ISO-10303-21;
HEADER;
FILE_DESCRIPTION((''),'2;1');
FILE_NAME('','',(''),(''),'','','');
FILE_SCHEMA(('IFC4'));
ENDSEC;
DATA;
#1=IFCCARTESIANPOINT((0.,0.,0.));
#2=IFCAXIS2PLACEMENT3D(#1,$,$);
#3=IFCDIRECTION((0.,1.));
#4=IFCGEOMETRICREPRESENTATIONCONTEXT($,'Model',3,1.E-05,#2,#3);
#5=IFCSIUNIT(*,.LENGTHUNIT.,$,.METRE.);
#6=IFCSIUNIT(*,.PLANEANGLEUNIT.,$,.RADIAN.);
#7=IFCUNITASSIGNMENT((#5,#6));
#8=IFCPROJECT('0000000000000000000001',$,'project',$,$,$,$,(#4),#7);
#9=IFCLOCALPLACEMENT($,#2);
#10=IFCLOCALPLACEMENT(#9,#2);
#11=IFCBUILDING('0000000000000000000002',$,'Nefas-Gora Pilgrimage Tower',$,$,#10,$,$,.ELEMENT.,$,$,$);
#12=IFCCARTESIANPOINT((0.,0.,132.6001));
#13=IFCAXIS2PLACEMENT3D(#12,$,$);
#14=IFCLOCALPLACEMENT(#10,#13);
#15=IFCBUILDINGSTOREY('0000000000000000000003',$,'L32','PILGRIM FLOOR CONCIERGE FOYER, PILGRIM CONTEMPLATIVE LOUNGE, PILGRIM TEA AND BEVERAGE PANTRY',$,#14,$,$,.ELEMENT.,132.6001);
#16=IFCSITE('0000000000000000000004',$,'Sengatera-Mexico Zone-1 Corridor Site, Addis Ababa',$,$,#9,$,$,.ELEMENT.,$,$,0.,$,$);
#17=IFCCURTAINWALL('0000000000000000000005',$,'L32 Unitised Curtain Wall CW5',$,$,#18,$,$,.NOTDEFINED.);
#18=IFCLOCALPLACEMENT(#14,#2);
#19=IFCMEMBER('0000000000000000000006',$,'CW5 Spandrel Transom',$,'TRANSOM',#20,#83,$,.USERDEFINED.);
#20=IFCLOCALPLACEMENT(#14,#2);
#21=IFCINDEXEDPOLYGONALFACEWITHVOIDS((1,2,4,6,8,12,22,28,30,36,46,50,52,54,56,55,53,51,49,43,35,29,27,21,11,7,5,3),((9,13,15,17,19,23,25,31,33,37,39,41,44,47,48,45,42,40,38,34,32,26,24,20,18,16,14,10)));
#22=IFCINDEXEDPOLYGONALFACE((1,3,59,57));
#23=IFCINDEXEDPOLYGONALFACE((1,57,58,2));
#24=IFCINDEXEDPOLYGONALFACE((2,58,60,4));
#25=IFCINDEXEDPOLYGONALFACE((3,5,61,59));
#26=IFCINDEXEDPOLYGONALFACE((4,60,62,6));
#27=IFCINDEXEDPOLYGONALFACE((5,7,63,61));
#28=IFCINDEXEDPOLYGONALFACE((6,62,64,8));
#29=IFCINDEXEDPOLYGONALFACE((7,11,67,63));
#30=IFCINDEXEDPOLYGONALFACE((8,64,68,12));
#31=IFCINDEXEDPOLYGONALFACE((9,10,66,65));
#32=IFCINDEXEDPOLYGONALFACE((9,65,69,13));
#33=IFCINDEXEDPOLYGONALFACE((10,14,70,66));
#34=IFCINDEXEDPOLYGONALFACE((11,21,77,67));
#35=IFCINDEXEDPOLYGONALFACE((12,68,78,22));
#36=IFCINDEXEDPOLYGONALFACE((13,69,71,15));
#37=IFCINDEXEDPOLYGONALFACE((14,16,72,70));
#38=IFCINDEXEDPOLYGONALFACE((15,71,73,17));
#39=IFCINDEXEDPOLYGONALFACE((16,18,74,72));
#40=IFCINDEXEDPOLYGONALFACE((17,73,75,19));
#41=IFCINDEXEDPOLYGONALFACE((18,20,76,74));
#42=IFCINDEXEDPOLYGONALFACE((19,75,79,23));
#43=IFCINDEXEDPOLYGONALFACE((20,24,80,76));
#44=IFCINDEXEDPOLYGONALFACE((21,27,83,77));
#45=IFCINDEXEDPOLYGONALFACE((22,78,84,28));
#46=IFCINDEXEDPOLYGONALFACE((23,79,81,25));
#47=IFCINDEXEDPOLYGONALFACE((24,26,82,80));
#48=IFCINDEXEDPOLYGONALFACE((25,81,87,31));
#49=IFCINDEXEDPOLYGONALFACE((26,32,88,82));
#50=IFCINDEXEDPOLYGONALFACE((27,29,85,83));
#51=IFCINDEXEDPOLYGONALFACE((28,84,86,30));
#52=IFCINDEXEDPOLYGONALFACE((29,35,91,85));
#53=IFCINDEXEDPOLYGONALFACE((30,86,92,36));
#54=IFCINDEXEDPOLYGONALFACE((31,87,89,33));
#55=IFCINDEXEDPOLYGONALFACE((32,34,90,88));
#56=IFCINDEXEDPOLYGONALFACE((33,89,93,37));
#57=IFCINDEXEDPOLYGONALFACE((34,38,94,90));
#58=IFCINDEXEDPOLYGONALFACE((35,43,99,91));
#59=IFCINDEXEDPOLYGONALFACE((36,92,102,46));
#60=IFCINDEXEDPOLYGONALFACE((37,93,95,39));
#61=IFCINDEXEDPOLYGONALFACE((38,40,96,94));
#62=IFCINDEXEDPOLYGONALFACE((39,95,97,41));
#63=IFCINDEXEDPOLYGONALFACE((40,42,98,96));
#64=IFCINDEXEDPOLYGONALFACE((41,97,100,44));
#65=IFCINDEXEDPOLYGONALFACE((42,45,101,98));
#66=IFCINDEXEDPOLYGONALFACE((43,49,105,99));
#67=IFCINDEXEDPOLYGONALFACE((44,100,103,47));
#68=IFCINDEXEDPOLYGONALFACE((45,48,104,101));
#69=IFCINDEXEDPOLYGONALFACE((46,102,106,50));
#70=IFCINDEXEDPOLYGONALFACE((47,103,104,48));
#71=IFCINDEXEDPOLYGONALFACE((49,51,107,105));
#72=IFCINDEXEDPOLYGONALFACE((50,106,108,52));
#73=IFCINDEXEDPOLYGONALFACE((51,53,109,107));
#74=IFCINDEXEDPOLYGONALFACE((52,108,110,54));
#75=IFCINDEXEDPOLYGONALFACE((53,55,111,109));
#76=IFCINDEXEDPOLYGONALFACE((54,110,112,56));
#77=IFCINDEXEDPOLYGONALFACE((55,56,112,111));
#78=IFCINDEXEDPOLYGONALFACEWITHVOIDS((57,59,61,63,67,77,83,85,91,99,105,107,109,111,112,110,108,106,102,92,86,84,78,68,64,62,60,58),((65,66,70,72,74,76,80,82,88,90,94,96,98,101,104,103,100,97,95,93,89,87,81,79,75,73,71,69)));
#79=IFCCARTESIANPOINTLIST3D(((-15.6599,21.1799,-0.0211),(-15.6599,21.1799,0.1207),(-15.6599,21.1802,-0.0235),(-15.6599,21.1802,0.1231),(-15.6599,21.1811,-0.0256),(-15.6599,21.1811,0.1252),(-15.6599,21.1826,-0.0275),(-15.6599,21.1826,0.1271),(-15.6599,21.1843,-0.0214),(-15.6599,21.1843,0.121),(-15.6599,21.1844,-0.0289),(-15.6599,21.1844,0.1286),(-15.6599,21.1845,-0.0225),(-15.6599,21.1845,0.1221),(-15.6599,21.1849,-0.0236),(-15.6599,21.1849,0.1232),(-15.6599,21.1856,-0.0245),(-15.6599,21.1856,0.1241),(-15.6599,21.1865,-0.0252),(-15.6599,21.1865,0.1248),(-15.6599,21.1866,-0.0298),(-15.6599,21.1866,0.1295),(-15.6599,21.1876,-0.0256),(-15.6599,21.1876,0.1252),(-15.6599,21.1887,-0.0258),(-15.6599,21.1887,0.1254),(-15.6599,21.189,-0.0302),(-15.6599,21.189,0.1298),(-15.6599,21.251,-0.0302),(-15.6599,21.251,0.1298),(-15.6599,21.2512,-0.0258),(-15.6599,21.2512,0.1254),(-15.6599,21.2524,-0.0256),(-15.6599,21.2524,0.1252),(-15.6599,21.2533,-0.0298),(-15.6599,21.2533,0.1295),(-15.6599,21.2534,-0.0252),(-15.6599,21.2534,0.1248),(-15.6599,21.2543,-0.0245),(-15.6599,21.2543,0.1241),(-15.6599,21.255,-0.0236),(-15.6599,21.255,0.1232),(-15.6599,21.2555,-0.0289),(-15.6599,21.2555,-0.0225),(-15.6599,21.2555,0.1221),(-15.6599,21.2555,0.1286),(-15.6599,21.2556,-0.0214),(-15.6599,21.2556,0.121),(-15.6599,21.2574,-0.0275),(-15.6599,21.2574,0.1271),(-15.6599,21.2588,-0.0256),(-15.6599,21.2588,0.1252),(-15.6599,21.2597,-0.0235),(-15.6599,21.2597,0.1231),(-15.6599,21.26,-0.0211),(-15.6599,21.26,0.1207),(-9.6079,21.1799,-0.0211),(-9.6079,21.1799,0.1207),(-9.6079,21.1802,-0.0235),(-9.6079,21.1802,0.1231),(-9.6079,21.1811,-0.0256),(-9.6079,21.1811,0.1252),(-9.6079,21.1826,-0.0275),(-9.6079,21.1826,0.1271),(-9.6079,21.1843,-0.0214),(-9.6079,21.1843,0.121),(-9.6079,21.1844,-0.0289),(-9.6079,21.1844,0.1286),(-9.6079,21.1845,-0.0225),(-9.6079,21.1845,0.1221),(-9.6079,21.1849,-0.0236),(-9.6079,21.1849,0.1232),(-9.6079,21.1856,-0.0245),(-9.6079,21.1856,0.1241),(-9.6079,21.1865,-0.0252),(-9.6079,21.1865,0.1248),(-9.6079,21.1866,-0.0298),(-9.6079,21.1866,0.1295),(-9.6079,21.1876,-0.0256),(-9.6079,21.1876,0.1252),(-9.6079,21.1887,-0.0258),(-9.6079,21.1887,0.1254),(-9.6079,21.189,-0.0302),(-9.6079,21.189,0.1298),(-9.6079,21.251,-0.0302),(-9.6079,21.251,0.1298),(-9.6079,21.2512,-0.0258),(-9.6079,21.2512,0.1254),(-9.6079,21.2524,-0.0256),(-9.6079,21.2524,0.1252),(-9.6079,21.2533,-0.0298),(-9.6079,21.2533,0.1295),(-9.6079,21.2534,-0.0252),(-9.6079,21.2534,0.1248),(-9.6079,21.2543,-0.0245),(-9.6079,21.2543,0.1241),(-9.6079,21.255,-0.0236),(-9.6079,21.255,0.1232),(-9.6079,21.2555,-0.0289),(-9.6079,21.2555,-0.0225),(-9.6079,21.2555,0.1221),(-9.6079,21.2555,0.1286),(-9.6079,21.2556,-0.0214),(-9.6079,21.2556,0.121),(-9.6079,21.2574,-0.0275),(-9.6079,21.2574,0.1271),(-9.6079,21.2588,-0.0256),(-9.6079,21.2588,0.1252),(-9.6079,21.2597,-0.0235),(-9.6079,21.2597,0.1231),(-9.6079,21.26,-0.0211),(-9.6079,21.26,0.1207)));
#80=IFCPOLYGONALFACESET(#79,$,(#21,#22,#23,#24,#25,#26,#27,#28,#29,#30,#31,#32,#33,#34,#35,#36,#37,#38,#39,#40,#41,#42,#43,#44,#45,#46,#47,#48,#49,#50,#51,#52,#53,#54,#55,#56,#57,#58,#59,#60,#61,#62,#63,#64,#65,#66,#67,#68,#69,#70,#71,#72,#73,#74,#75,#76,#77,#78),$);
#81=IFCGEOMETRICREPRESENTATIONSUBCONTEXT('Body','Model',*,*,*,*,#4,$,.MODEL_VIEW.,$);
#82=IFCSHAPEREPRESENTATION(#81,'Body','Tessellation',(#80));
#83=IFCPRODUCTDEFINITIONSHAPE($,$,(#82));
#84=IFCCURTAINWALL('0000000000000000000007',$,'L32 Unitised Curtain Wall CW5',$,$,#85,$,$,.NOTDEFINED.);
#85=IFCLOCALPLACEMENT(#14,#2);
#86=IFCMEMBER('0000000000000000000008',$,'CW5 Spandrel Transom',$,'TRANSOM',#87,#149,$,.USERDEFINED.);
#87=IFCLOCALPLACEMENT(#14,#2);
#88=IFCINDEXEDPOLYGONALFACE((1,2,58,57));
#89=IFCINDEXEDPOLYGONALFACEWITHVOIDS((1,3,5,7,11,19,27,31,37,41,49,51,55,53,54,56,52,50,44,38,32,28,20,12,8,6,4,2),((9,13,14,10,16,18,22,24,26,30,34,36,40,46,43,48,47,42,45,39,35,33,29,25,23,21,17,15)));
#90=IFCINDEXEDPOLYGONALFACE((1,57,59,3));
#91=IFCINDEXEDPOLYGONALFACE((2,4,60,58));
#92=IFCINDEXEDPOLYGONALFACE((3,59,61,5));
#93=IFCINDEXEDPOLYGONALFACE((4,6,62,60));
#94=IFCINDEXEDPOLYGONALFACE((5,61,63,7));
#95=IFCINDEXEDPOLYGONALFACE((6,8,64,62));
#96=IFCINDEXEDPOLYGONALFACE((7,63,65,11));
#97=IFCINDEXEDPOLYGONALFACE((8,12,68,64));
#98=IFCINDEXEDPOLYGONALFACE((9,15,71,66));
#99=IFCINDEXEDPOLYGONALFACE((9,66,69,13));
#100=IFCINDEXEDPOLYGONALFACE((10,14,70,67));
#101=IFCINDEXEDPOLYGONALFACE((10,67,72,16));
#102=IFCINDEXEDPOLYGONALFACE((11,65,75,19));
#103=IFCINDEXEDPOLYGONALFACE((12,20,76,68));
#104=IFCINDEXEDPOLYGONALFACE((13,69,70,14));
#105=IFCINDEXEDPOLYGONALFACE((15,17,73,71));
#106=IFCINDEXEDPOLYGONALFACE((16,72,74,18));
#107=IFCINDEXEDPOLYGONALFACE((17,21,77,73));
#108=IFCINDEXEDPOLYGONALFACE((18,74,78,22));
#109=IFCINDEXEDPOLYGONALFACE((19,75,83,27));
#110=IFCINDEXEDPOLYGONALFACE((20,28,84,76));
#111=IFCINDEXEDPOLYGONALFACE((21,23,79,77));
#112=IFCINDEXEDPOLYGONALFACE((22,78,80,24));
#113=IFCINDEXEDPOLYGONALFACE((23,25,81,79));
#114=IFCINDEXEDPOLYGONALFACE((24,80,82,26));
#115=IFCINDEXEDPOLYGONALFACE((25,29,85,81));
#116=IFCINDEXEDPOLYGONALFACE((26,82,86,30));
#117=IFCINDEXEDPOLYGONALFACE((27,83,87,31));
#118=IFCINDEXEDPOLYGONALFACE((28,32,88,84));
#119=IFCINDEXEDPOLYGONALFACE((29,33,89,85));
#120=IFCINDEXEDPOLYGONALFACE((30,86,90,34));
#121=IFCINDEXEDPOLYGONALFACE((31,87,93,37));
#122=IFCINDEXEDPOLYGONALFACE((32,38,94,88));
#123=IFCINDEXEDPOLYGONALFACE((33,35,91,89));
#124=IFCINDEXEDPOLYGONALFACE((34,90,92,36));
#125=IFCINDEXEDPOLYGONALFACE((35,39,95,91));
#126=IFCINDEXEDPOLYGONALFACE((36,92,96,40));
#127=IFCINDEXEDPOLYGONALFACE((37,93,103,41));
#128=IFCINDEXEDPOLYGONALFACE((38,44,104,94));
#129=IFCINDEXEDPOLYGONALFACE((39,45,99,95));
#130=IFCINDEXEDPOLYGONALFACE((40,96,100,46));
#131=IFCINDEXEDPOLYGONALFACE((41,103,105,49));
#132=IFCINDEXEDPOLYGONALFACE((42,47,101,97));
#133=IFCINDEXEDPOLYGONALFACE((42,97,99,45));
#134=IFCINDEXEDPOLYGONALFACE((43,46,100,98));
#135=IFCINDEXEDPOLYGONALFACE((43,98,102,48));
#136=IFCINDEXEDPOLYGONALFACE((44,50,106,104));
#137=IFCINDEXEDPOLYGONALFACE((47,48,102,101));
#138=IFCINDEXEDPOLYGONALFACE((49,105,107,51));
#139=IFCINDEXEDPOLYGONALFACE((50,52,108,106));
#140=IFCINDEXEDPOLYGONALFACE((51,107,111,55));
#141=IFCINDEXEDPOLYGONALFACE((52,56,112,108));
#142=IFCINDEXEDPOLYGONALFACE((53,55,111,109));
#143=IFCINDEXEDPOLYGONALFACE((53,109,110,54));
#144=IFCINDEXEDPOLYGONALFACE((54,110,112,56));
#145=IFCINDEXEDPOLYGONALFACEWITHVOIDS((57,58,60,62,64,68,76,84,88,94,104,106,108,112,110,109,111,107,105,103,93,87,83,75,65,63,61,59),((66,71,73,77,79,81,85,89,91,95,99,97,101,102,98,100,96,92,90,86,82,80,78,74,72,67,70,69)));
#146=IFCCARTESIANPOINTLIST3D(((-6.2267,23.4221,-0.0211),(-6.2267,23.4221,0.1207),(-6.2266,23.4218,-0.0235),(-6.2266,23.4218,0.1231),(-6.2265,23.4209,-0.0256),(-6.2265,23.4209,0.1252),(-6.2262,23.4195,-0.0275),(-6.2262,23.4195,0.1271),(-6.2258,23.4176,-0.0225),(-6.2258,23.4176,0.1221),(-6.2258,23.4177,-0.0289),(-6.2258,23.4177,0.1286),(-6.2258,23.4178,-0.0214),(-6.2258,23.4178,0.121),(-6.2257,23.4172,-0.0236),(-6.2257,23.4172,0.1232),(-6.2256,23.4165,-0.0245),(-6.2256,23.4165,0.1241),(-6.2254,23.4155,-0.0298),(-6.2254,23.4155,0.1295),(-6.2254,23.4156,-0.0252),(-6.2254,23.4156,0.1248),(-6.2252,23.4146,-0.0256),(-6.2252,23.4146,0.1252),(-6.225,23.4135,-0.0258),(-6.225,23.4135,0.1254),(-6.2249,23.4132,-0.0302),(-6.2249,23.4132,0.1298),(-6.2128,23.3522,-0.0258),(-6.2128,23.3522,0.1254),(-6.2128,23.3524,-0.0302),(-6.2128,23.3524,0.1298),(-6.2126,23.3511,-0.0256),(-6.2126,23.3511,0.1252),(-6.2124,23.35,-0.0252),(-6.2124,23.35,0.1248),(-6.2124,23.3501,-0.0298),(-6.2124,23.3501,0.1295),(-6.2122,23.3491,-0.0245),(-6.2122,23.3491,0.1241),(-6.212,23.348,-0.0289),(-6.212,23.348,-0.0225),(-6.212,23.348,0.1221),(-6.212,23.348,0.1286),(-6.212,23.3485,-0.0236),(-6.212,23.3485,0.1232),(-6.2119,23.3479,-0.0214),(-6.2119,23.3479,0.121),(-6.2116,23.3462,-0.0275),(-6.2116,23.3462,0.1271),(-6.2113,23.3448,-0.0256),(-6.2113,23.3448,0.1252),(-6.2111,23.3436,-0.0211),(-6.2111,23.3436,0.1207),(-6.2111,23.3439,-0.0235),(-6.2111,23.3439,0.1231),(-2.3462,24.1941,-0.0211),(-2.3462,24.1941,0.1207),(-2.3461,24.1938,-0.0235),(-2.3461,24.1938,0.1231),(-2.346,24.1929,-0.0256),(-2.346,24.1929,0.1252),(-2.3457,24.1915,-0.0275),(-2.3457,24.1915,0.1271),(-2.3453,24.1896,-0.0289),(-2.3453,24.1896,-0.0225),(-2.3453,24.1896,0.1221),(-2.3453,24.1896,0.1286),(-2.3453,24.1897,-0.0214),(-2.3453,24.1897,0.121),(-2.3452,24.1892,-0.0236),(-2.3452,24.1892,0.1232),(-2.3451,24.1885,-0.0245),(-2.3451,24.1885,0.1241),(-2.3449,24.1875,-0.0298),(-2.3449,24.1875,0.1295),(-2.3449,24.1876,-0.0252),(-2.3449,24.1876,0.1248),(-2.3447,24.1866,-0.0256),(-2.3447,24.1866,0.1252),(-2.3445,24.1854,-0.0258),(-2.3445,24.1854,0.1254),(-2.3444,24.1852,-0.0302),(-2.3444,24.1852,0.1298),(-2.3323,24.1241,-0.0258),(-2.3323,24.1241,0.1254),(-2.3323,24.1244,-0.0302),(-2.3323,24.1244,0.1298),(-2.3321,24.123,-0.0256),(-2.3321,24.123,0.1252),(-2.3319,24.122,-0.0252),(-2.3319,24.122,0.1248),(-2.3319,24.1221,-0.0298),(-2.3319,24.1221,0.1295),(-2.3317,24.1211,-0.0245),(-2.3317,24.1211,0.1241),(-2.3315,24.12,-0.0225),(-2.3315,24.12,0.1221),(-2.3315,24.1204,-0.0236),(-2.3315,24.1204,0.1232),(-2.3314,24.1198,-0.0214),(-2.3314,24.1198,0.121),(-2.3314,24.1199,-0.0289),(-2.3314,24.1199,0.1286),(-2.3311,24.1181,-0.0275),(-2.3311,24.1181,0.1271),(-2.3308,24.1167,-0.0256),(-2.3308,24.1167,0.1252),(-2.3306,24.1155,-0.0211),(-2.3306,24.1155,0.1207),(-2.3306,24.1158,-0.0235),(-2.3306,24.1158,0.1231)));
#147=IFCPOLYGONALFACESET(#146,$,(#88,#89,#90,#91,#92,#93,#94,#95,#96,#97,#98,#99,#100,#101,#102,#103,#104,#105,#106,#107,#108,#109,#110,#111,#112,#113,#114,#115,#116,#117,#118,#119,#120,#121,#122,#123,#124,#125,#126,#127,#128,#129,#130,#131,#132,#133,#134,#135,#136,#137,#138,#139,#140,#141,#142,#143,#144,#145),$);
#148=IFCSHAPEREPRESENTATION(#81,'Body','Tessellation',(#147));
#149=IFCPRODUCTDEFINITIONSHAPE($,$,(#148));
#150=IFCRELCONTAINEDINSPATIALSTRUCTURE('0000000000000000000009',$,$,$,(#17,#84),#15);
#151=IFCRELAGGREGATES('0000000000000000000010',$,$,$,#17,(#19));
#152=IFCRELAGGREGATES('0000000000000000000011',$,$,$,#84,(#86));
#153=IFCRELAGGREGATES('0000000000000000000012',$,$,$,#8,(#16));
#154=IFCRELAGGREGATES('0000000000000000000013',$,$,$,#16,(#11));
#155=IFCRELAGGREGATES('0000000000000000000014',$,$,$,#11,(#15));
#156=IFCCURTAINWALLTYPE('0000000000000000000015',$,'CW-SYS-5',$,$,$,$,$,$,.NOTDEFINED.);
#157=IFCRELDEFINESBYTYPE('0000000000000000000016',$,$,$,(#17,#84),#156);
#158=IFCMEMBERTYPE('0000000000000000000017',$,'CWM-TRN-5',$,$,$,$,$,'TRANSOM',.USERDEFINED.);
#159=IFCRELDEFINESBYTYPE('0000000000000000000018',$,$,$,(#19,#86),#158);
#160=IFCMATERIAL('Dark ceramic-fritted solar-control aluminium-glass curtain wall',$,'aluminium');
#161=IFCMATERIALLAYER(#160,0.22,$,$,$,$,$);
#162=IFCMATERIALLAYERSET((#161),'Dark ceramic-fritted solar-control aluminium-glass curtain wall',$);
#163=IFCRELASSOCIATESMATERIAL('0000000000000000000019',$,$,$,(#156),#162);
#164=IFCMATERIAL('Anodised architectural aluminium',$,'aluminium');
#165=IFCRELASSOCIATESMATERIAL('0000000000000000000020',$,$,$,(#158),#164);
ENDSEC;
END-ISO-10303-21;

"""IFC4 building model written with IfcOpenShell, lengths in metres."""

from ifc_helpers import new_model, si_unit, direction, frame, origin, origin_2d, place, context, subcontext, project, spatial, hollow_rectangle, extrude, source, transform, mapped, material, layer, layer_set, material_profile, profile_set, type_object, element, aggregate, save


model = new_model("IFC4")

# Units and contexts
model_context = context("Model", 3, precision=1e-05, world=origin(), true_north=direction((0.0, 1.0)))
body_context = subcontext(model_context, "Body", "Model", "MODEL_VIEW")
ifc_project = project(units=[si_unit("LENGTHUNIT", "METRE"), si_unit("PLANEANGLEUNIT", "RADIAN")], contexts=[model_context])

# Site, building, storey
site_placement = place(None, origin())
site = spatial("IfcSite", under=ifc_project, at=site_placement, Name="Sengatera-Mexico Zone-1 Corridor Site, Addis Ababa", CompositionType="ELEMENT", RefElevation=0.0)
building_placement = place(site_placement, origin())
building = spatial("IfcBuilding", under=site, at=building_placement, Name="Nefas-Gora Pilgrimage Tower", CompositionType="ELEMENT")
storey_placement = place(building_placement, frame((0.0, 0.0, 132.6001)))
storey = spatial("IfcBuildingStorey", under=building, at=storey_placement, Name="L32", Description="PILGRIM FLOOR CONCIERGE FOYER, PILGRIM CONTEMPLATIVE LOUNGE, PILGRIM TEA AND BEVERAGE PANTRY", CompositionType="ELEMENT", Elevation=132.6001)

# Curtain walls, members
ifc_material_1 = material(Name="Dark ceramic-fritted solar-control aluminium-glass curtain wall", Category="aluminium")
ifc_layer_1 = layer(ifc_material_1, 0.22)
ifc_layer_set_1 = layer_set([ifc_layer_1], Name="Dark ceramic-fritted solar-control aluminium-glass curtain wall")
curtain_wall_type = type_object("IfcCurtainWallType", Name="CW-SYS-5", PredefinedType="NOTDEFINED", material=ifc_layer_set_1)
curtain_wall_1_placement = place(storey_placement, origin())
curtain_wall_1 = element("IfcCurtainWall", 1, at=curtain_wall_1_placement, inside=storey, type_object=curtain_wall_type, Name="L32 Unitised Curtain Wall CW5", PredefinedType="NOTDEFINED")
ifc_material_2 = material(Name="Anodised architectural aluminium", Category="aluminium")
ifc_material_profile_1 = material_profile(ifc_material_2, hollow_rectangle(XDim=0.0801, YDim=0.1599, WallThickness=0.0044, InnerFilletRadius=0.0044, OuterFilletRadius=0.009, at=origin_2d()), Name="ALU TRANSOM 80x160")
ifc_profile_set_1 = profile_set([ifc_material_profile_1], Name="Anodised architectural aluminium")
member_type_1 = type_object("IfcMemberType", Name="CWM-TRN-5", ElementType="TRANSOM", PredefinedType="USERDEFINED", material=ifc_profile_set_1)
shared_shape_1 = source(origin(), body_context, "Body", "SweptSolid", [
    extrude(hollow_rectangle(XDim=0.0801, YDim=0.1599, WallThickness=0.0044, InnerFilletRadius=0.0044, OuterFilletRadius=0.009, at=origin_2d()), origin(), (0.0, 0.0, 1.0), 6.052),
])
member_1_placement = place(storey_placement, frame((-9.6079, 21.22, 0.0498), z_axis=(-1.0, 0.0, 0.0), x_axis=(0.0, -1.0, 0.0)))
member_1 = element("IfcMember", 2, at=member_1_placement, type_object=member_type_1, Name="CW5 Spandrel Transom", ObjectType="TRANSOM", PredefinedType="USERDEFINED", context=body_context, shape_type="MappedRepresentation", body=[
    mapped(shared_shape_1, transform((0.0, 0.0, 0.0), x_axis=(1.0, 0.0, 0.0), y_axis=(0.0, 1.0, 0.0), z_axis=(0.0, 0.0, 1.0), scale=1.0)),
])
curtain_wall_2_placement = place(storey_placement, origin())
curtain_wall_2 = element("IfcCurtainWall", 3, at=curtain_wall_2_placement, inside=storey, type_object=curtain_wall_type, Name="L32 Unitised Curtain Wall CW5", PredefinedType="NOTDEFINED")
shared_shape_2 = source(origin(), body_context, "Body", "SweptSolid", [
    extrude(hollow_rectangle(XDim=0.0801, YDim=0.1599, WallThickness=0.0044, InnerFilletRadius=0.0044, OuterFilletRadius=0.009, at=origin_2d()), origin(), (0.0, 0.0, 1.0), 3.9565),
])
member_2_placement = place(storey_placement, frame((-2.3384, 24.1548, 0.0498), z_axis=(-0.980782, -0.195107, 0.0), x_axis=(0.195107, -0.980782, 0.0)))
member_2 = element("IfcMember", 4, at=member_2_placement, type_object=member_type_1, Name="CW5 Spandrel Transom", ObjectType="TRANSOM", PredefinedType="USERDEFINED", context=body_context, shape_type="MappedRepresentation", body=[
    mapped(shared_shape_2, transform((0.0, 0.0, 0.0), x_axis=(1.0, 0.0, 0.0), y_axis=(0.0, 1.0, 0.0), z_axis=(0.0, 0.0, 1.0), scale=1.0)),
])

aggregate(curtain_wall_1, [member_1])

aggregate(curtain_wall_2, [member_2])

save(model, "model.ifc")
